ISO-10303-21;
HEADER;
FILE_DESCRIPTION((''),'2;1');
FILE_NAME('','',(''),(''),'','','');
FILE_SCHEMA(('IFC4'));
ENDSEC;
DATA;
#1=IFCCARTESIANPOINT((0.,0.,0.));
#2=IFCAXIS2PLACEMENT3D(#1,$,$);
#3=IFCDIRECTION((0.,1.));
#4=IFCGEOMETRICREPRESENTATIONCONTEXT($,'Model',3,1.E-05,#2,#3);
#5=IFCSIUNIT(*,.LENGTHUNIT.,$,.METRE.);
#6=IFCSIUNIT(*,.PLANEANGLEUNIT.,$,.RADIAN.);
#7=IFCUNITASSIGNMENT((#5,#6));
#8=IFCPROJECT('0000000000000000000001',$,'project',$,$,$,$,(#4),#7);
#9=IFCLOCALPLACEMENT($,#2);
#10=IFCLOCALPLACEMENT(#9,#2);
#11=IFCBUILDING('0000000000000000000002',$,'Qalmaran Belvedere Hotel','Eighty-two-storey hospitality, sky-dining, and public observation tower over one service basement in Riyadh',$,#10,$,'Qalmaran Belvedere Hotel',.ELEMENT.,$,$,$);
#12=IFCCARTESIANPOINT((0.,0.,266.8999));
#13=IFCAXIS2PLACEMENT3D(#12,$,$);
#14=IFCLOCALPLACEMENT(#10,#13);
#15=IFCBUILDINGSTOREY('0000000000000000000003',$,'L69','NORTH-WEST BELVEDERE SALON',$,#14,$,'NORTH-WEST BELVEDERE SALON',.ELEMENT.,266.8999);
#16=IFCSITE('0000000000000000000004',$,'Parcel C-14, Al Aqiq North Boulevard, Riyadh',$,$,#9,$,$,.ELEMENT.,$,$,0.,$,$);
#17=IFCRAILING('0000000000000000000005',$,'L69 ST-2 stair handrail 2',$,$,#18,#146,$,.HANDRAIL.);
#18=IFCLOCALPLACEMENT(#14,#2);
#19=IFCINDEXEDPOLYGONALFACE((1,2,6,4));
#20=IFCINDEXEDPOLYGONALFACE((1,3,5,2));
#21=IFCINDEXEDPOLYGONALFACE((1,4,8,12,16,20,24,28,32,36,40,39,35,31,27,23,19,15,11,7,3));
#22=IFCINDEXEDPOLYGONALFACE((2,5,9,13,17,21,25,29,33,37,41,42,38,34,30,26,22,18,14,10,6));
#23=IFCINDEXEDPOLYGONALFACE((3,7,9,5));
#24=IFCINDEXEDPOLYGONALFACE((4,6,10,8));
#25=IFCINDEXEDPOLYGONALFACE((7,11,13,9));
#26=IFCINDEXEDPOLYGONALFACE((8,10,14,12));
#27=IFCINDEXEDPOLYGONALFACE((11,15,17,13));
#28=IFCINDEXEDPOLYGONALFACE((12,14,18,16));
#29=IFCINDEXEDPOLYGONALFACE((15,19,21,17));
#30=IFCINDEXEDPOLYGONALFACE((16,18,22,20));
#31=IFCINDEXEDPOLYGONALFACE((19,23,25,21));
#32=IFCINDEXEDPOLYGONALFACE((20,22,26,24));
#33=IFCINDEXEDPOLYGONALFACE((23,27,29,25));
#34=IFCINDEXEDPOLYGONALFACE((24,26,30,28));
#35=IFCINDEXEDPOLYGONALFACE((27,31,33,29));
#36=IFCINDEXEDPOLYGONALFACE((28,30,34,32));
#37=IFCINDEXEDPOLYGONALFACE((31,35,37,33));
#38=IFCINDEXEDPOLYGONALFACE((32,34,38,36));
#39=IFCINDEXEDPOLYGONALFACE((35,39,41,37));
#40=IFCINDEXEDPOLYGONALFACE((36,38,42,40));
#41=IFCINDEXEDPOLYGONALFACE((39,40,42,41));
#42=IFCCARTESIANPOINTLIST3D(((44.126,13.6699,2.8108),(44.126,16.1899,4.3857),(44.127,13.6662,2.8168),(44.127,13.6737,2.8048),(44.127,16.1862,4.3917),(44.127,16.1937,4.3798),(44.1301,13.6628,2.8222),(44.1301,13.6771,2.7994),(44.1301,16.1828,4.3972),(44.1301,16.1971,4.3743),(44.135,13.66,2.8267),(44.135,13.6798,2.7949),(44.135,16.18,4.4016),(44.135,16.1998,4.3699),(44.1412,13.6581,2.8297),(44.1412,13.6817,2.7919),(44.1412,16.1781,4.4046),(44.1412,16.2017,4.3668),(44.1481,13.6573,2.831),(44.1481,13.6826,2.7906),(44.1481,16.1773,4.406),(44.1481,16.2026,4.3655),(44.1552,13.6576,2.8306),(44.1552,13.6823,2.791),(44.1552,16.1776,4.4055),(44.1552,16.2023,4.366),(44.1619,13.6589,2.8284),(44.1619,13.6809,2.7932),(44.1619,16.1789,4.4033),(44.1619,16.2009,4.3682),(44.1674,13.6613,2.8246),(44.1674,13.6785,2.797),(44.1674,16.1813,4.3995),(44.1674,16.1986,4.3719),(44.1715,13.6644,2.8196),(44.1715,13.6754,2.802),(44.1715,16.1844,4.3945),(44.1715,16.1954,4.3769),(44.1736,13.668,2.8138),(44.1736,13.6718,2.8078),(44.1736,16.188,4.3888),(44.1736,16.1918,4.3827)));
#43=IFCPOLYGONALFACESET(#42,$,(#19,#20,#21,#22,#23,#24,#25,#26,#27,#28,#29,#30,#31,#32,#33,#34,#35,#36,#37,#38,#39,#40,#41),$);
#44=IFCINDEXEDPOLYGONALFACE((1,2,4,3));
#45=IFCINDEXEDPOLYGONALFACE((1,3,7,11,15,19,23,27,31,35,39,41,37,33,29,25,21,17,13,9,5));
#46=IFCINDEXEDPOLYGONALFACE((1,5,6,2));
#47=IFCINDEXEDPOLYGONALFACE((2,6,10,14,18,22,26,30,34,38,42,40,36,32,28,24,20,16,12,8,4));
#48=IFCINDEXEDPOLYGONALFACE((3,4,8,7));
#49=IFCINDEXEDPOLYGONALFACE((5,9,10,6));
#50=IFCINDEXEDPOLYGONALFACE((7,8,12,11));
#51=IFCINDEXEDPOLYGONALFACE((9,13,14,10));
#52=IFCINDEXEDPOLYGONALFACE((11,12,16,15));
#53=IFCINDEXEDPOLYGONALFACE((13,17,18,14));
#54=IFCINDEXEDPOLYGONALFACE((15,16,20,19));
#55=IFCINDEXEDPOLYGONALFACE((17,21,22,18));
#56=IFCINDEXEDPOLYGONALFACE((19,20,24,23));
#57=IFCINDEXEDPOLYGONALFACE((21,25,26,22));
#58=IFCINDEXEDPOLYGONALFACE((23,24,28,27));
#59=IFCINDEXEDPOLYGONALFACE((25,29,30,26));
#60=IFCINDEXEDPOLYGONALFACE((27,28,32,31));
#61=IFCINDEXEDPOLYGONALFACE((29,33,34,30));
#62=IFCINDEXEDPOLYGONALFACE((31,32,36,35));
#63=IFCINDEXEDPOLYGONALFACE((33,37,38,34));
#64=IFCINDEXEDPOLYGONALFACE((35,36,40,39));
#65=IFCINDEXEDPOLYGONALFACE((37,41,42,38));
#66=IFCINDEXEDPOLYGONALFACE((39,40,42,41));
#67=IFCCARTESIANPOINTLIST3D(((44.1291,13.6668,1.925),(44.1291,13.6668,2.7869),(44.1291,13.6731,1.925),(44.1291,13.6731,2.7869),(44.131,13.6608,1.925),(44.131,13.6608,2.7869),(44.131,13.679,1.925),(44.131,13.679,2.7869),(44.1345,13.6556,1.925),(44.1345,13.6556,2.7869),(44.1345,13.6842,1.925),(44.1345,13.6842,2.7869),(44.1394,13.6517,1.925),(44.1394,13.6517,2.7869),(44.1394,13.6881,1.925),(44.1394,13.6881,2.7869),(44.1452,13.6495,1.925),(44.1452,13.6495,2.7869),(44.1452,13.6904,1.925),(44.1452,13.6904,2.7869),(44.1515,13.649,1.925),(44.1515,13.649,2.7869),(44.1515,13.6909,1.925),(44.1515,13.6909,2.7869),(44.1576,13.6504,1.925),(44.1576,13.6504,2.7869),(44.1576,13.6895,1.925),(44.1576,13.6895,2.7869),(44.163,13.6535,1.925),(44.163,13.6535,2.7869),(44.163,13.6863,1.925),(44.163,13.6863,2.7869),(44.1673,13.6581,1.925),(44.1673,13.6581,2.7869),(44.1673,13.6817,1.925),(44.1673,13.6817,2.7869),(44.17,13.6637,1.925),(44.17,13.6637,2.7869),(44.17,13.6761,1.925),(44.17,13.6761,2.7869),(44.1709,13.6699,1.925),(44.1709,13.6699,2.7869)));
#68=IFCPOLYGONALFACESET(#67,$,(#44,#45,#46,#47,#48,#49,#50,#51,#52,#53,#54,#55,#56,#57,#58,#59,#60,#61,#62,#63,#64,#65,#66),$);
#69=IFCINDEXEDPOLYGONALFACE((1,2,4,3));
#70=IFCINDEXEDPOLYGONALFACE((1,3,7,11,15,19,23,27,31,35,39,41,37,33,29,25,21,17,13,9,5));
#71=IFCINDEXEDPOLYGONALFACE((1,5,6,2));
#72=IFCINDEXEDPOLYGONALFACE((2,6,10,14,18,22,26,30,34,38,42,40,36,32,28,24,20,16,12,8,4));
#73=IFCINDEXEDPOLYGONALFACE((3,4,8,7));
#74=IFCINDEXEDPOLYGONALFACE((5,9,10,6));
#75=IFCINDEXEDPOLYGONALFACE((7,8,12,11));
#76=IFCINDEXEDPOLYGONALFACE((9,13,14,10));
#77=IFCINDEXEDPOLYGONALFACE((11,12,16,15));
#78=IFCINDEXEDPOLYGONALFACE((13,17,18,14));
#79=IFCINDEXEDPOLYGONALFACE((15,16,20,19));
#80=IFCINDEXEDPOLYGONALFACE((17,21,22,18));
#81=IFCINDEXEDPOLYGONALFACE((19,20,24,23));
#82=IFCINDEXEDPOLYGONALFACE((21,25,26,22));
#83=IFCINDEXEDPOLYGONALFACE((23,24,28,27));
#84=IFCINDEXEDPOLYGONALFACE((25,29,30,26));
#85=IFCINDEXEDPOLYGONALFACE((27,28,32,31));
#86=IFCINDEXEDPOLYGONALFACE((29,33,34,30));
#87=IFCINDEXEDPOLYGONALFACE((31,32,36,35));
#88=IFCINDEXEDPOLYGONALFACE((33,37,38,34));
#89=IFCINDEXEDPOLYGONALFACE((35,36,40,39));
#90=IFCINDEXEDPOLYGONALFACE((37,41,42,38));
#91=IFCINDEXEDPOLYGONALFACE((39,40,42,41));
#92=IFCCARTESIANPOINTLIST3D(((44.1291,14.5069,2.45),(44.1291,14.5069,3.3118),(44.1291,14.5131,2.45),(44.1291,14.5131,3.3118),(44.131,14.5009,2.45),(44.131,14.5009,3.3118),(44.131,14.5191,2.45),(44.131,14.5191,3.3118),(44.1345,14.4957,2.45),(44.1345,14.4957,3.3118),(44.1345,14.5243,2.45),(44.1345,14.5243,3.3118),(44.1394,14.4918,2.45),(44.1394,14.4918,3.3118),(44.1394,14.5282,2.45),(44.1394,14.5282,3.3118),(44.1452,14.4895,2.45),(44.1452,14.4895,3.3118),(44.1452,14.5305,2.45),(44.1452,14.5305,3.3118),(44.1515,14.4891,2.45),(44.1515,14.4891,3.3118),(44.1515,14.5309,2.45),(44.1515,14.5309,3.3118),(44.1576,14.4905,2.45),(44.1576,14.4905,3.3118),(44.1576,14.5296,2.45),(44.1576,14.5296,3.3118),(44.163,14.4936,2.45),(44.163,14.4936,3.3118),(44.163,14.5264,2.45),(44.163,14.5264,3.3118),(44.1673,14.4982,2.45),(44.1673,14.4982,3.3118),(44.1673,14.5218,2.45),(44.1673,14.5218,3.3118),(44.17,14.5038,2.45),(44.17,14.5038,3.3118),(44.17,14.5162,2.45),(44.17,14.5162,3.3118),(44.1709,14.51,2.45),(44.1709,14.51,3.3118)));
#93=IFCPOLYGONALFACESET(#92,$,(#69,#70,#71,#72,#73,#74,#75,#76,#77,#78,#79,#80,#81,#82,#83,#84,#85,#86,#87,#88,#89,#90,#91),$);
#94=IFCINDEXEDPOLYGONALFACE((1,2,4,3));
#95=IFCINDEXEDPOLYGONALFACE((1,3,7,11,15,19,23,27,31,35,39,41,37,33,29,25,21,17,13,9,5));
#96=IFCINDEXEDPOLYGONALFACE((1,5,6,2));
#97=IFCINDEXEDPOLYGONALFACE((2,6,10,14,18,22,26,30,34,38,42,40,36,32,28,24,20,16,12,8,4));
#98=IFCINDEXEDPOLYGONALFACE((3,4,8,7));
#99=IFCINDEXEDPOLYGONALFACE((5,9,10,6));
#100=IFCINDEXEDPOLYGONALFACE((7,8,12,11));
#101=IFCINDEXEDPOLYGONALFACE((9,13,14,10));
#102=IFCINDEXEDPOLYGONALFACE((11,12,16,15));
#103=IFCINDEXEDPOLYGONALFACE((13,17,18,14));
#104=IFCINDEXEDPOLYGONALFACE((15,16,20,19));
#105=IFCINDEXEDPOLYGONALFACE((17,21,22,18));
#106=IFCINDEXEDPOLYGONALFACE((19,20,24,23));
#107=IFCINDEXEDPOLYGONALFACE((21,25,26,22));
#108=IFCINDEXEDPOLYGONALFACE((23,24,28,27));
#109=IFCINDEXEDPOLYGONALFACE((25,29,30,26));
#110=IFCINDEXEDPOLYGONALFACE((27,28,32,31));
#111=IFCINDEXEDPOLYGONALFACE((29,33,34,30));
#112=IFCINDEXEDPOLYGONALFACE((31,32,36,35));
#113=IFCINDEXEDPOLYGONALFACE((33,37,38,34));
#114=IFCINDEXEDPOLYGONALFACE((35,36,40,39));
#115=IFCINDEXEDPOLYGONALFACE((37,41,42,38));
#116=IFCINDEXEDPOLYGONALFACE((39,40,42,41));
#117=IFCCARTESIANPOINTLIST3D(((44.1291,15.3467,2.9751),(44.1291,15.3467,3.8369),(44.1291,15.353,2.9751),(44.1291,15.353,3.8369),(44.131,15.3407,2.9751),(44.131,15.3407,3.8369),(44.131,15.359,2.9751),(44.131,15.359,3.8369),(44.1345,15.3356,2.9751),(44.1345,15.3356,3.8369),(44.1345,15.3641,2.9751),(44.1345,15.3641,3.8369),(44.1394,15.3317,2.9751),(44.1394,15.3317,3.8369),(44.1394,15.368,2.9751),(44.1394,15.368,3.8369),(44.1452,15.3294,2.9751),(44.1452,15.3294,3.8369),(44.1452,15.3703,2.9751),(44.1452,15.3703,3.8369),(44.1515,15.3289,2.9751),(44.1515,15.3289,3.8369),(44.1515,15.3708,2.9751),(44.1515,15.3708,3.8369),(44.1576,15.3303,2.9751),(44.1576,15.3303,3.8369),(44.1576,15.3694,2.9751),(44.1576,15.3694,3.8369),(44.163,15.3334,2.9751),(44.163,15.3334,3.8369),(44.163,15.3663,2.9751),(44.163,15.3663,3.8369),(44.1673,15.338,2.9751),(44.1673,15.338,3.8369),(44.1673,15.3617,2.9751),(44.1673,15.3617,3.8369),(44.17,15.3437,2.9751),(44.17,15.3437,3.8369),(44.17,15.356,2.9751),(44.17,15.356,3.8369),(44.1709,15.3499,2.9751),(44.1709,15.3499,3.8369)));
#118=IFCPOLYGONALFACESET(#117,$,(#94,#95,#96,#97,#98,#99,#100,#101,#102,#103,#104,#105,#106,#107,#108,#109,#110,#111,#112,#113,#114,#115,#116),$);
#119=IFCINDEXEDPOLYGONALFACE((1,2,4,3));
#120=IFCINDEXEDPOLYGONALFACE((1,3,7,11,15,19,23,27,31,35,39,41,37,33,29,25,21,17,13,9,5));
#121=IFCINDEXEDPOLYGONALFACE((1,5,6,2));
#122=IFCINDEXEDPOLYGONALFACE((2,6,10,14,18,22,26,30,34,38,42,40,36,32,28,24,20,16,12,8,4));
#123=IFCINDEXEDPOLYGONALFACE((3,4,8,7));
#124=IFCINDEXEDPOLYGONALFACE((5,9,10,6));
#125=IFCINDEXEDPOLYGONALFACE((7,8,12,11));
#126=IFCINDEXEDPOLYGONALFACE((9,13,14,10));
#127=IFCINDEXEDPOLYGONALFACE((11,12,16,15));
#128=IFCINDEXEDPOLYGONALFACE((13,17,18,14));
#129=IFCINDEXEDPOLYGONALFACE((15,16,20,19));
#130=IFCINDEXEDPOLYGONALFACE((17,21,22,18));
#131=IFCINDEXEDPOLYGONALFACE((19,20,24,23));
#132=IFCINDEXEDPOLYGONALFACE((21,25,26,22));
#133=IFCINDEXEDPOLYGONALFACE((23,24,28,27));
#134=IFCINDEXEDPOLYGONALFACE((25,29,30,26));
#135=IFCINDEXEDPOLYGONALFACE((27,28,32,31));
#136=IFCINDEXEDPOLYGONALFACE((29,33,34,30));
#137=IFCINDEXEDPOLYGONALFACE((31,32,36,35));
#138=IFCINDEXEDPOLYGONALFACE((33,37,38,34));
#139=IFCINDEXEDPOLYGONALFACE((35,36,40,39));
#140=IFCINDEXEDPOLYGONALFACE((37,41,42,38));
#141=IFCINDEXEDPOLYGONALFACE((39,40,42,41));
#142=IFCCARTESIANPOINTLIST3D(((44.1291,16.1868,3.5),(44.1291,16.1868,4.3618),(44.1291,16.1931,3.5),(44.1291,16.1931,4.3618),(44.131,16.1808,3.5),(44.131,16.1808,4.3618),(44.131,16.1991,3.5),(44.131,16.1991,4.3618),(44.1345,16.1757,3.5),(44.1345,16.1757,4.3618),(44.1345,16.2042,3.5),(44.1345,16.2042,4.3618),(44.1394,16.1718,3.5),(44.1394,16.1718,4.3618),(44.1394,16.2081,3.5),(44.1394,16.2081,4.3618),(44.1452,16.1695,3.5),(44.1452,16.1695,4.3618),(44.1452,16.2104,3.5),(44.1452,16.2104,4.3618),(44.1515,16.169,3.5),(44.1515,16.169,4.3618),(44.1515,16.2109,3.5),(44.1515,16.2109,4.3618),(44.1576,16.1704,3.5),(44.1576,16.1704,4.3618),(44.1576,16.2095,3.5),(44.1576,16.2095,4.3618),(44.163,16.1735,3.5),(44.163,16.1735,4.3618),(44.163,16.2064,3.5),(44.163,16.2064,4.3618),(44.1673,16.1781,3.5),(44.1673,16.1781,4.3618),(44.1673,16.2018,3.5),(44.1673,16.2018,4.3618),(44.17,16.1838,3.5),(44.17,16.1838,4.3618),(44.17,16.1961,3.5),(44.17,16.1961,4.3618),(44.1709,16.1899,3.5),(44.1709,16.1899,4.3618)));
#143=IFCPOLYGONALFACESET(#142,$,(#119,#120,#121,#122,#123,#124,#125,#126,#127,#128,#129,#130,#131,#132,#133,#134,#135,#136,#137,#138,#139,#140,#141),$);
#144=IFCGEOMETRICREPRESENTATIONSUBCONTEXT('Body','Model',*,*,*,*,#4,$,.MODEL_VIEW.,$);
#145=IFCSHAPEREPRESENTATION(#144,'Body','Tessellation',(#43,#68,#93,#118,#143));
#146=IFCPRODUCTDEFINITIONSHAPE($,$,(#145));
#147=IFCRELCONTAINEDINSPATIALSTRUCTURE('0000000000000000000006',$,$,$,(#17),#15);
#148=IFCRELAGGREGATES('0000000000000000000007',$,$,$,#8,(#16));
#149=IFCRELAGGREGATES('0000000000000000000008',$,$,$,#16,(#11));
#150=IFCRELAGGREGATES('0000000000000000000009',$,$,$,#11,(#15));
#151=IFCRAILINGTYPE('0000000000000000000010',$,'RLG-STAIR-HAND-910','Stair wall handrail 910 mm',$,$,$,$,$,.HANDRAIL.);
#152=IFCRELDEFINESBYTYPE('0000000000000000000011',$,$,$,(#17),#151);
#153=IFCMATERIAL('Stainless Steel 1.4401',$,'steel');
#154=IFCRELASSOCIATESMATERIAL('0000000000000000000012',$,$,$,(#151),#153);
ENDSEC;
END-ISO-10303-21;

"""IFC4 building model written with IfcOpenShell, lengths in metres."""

from ifc_helpers import new_model, si_unit, direction, frame, origin, origin_2d, place, context, subcontext, project, spatial, circle, extrude, material, type_object, element, save


model = new_model("IFC4")

# Units and contexts
model_context = context("Model", 3, precision=1e-05, world=origin(), true_north=direction((0.0, 1.0)))
body_context = subcontext(model_context, "Body", "Model", "MODEL_VIEW")
ifc_project = project(units=[si_unit("LENGTHUNIT", "METRE"), si_unit("PLANEANGLEUNIT", "RADIAN")], contexts=[model_context])

# Site, building, storey
site_placement = place(None, origin())
site = spatial("IfcSite", under=ifc_project, at=site_placement, Name="Parcel C-14, Al Aqiq North Boulevard, Riyadh", CompositionType="ELEMENT", RefElevation=0.0)
building_placement = place(site_placement, origin())
building = spatial("IfcBuilding", under=site, at=building_placement, Name="Qalmaran Belvedere Hotel", Description="Eighty-two-storey hospitality, sky-dining, and public observation tower over one service basement in Riyadh", LongName="Qalmaran Belvedere Hotel", CompositionType="ELEMENT")
storey_placement = place(building_placement, frame((0.0, 0.0, 266.8999)))
storey = spatial("IfcBuildingStorey", under=building, at=storey_placement, Name="L69", Description="NORTH-WEST BELVEDERE SALON", LongName="NORTH-WEST BELVEDERE SALON", CompositionType="ELEMENT", Elevation=266.8999)

# Railing
ifc_material_1 = material(Name="Stainless Steel 1.4401", Category="steel")
railing_type_1 = type_object("IfcRailingType", Name="RLG-STAIR-HAND-910", Description="Stair wall handrail 910 mm", PredefinedType="HANDRAIL", material=ifc_material_1)
railing_1_placement = place(storey_placement, frame((44.1499, 13.6699, 1.925)))
element("IfcRailing", 1, at=railing_1_placement, inside=storey, type_object=railing_type_1, Name="L69 ST-2 stair handrail 2", PredefinedType="HANDRAIL", context=body_context, shape_type="SweptSolid", body=[
    extrude(circle(Radius=0.0239, at=origin_2d()), frame((0.0, 0.0, 0.8857), z_axis=(0.0, 0.848008, 0.529984), x_axis=(-1.0, 0.0, 0.0)), (0.0, 0.0, 1.0), 2.9717),
    extrude(circle(Radius=0.021, at=origin_2d()), origin(), (0.0, 0.0, 1.0), 0.8618),
    extrude(circle(Radius=0.021, at=origin_2d()), frame((0.0, 0.8401, 0.5249)), (0.0, 0.0, 1.0), 0.8618),
    extrude(circle(Radius=0.021, at=origin_2d()), frame((0.0, 1.6799, 1.05)), (0.0, 0.0, 1.0), 0.8618),
    extrude(circle(Radius=0.021, at=origin_2d()), frame((0.0, 2.52, 1.575)), (0.0, 0.0, 1.0), 0.8618),
])

save(model, "model.ifc")
